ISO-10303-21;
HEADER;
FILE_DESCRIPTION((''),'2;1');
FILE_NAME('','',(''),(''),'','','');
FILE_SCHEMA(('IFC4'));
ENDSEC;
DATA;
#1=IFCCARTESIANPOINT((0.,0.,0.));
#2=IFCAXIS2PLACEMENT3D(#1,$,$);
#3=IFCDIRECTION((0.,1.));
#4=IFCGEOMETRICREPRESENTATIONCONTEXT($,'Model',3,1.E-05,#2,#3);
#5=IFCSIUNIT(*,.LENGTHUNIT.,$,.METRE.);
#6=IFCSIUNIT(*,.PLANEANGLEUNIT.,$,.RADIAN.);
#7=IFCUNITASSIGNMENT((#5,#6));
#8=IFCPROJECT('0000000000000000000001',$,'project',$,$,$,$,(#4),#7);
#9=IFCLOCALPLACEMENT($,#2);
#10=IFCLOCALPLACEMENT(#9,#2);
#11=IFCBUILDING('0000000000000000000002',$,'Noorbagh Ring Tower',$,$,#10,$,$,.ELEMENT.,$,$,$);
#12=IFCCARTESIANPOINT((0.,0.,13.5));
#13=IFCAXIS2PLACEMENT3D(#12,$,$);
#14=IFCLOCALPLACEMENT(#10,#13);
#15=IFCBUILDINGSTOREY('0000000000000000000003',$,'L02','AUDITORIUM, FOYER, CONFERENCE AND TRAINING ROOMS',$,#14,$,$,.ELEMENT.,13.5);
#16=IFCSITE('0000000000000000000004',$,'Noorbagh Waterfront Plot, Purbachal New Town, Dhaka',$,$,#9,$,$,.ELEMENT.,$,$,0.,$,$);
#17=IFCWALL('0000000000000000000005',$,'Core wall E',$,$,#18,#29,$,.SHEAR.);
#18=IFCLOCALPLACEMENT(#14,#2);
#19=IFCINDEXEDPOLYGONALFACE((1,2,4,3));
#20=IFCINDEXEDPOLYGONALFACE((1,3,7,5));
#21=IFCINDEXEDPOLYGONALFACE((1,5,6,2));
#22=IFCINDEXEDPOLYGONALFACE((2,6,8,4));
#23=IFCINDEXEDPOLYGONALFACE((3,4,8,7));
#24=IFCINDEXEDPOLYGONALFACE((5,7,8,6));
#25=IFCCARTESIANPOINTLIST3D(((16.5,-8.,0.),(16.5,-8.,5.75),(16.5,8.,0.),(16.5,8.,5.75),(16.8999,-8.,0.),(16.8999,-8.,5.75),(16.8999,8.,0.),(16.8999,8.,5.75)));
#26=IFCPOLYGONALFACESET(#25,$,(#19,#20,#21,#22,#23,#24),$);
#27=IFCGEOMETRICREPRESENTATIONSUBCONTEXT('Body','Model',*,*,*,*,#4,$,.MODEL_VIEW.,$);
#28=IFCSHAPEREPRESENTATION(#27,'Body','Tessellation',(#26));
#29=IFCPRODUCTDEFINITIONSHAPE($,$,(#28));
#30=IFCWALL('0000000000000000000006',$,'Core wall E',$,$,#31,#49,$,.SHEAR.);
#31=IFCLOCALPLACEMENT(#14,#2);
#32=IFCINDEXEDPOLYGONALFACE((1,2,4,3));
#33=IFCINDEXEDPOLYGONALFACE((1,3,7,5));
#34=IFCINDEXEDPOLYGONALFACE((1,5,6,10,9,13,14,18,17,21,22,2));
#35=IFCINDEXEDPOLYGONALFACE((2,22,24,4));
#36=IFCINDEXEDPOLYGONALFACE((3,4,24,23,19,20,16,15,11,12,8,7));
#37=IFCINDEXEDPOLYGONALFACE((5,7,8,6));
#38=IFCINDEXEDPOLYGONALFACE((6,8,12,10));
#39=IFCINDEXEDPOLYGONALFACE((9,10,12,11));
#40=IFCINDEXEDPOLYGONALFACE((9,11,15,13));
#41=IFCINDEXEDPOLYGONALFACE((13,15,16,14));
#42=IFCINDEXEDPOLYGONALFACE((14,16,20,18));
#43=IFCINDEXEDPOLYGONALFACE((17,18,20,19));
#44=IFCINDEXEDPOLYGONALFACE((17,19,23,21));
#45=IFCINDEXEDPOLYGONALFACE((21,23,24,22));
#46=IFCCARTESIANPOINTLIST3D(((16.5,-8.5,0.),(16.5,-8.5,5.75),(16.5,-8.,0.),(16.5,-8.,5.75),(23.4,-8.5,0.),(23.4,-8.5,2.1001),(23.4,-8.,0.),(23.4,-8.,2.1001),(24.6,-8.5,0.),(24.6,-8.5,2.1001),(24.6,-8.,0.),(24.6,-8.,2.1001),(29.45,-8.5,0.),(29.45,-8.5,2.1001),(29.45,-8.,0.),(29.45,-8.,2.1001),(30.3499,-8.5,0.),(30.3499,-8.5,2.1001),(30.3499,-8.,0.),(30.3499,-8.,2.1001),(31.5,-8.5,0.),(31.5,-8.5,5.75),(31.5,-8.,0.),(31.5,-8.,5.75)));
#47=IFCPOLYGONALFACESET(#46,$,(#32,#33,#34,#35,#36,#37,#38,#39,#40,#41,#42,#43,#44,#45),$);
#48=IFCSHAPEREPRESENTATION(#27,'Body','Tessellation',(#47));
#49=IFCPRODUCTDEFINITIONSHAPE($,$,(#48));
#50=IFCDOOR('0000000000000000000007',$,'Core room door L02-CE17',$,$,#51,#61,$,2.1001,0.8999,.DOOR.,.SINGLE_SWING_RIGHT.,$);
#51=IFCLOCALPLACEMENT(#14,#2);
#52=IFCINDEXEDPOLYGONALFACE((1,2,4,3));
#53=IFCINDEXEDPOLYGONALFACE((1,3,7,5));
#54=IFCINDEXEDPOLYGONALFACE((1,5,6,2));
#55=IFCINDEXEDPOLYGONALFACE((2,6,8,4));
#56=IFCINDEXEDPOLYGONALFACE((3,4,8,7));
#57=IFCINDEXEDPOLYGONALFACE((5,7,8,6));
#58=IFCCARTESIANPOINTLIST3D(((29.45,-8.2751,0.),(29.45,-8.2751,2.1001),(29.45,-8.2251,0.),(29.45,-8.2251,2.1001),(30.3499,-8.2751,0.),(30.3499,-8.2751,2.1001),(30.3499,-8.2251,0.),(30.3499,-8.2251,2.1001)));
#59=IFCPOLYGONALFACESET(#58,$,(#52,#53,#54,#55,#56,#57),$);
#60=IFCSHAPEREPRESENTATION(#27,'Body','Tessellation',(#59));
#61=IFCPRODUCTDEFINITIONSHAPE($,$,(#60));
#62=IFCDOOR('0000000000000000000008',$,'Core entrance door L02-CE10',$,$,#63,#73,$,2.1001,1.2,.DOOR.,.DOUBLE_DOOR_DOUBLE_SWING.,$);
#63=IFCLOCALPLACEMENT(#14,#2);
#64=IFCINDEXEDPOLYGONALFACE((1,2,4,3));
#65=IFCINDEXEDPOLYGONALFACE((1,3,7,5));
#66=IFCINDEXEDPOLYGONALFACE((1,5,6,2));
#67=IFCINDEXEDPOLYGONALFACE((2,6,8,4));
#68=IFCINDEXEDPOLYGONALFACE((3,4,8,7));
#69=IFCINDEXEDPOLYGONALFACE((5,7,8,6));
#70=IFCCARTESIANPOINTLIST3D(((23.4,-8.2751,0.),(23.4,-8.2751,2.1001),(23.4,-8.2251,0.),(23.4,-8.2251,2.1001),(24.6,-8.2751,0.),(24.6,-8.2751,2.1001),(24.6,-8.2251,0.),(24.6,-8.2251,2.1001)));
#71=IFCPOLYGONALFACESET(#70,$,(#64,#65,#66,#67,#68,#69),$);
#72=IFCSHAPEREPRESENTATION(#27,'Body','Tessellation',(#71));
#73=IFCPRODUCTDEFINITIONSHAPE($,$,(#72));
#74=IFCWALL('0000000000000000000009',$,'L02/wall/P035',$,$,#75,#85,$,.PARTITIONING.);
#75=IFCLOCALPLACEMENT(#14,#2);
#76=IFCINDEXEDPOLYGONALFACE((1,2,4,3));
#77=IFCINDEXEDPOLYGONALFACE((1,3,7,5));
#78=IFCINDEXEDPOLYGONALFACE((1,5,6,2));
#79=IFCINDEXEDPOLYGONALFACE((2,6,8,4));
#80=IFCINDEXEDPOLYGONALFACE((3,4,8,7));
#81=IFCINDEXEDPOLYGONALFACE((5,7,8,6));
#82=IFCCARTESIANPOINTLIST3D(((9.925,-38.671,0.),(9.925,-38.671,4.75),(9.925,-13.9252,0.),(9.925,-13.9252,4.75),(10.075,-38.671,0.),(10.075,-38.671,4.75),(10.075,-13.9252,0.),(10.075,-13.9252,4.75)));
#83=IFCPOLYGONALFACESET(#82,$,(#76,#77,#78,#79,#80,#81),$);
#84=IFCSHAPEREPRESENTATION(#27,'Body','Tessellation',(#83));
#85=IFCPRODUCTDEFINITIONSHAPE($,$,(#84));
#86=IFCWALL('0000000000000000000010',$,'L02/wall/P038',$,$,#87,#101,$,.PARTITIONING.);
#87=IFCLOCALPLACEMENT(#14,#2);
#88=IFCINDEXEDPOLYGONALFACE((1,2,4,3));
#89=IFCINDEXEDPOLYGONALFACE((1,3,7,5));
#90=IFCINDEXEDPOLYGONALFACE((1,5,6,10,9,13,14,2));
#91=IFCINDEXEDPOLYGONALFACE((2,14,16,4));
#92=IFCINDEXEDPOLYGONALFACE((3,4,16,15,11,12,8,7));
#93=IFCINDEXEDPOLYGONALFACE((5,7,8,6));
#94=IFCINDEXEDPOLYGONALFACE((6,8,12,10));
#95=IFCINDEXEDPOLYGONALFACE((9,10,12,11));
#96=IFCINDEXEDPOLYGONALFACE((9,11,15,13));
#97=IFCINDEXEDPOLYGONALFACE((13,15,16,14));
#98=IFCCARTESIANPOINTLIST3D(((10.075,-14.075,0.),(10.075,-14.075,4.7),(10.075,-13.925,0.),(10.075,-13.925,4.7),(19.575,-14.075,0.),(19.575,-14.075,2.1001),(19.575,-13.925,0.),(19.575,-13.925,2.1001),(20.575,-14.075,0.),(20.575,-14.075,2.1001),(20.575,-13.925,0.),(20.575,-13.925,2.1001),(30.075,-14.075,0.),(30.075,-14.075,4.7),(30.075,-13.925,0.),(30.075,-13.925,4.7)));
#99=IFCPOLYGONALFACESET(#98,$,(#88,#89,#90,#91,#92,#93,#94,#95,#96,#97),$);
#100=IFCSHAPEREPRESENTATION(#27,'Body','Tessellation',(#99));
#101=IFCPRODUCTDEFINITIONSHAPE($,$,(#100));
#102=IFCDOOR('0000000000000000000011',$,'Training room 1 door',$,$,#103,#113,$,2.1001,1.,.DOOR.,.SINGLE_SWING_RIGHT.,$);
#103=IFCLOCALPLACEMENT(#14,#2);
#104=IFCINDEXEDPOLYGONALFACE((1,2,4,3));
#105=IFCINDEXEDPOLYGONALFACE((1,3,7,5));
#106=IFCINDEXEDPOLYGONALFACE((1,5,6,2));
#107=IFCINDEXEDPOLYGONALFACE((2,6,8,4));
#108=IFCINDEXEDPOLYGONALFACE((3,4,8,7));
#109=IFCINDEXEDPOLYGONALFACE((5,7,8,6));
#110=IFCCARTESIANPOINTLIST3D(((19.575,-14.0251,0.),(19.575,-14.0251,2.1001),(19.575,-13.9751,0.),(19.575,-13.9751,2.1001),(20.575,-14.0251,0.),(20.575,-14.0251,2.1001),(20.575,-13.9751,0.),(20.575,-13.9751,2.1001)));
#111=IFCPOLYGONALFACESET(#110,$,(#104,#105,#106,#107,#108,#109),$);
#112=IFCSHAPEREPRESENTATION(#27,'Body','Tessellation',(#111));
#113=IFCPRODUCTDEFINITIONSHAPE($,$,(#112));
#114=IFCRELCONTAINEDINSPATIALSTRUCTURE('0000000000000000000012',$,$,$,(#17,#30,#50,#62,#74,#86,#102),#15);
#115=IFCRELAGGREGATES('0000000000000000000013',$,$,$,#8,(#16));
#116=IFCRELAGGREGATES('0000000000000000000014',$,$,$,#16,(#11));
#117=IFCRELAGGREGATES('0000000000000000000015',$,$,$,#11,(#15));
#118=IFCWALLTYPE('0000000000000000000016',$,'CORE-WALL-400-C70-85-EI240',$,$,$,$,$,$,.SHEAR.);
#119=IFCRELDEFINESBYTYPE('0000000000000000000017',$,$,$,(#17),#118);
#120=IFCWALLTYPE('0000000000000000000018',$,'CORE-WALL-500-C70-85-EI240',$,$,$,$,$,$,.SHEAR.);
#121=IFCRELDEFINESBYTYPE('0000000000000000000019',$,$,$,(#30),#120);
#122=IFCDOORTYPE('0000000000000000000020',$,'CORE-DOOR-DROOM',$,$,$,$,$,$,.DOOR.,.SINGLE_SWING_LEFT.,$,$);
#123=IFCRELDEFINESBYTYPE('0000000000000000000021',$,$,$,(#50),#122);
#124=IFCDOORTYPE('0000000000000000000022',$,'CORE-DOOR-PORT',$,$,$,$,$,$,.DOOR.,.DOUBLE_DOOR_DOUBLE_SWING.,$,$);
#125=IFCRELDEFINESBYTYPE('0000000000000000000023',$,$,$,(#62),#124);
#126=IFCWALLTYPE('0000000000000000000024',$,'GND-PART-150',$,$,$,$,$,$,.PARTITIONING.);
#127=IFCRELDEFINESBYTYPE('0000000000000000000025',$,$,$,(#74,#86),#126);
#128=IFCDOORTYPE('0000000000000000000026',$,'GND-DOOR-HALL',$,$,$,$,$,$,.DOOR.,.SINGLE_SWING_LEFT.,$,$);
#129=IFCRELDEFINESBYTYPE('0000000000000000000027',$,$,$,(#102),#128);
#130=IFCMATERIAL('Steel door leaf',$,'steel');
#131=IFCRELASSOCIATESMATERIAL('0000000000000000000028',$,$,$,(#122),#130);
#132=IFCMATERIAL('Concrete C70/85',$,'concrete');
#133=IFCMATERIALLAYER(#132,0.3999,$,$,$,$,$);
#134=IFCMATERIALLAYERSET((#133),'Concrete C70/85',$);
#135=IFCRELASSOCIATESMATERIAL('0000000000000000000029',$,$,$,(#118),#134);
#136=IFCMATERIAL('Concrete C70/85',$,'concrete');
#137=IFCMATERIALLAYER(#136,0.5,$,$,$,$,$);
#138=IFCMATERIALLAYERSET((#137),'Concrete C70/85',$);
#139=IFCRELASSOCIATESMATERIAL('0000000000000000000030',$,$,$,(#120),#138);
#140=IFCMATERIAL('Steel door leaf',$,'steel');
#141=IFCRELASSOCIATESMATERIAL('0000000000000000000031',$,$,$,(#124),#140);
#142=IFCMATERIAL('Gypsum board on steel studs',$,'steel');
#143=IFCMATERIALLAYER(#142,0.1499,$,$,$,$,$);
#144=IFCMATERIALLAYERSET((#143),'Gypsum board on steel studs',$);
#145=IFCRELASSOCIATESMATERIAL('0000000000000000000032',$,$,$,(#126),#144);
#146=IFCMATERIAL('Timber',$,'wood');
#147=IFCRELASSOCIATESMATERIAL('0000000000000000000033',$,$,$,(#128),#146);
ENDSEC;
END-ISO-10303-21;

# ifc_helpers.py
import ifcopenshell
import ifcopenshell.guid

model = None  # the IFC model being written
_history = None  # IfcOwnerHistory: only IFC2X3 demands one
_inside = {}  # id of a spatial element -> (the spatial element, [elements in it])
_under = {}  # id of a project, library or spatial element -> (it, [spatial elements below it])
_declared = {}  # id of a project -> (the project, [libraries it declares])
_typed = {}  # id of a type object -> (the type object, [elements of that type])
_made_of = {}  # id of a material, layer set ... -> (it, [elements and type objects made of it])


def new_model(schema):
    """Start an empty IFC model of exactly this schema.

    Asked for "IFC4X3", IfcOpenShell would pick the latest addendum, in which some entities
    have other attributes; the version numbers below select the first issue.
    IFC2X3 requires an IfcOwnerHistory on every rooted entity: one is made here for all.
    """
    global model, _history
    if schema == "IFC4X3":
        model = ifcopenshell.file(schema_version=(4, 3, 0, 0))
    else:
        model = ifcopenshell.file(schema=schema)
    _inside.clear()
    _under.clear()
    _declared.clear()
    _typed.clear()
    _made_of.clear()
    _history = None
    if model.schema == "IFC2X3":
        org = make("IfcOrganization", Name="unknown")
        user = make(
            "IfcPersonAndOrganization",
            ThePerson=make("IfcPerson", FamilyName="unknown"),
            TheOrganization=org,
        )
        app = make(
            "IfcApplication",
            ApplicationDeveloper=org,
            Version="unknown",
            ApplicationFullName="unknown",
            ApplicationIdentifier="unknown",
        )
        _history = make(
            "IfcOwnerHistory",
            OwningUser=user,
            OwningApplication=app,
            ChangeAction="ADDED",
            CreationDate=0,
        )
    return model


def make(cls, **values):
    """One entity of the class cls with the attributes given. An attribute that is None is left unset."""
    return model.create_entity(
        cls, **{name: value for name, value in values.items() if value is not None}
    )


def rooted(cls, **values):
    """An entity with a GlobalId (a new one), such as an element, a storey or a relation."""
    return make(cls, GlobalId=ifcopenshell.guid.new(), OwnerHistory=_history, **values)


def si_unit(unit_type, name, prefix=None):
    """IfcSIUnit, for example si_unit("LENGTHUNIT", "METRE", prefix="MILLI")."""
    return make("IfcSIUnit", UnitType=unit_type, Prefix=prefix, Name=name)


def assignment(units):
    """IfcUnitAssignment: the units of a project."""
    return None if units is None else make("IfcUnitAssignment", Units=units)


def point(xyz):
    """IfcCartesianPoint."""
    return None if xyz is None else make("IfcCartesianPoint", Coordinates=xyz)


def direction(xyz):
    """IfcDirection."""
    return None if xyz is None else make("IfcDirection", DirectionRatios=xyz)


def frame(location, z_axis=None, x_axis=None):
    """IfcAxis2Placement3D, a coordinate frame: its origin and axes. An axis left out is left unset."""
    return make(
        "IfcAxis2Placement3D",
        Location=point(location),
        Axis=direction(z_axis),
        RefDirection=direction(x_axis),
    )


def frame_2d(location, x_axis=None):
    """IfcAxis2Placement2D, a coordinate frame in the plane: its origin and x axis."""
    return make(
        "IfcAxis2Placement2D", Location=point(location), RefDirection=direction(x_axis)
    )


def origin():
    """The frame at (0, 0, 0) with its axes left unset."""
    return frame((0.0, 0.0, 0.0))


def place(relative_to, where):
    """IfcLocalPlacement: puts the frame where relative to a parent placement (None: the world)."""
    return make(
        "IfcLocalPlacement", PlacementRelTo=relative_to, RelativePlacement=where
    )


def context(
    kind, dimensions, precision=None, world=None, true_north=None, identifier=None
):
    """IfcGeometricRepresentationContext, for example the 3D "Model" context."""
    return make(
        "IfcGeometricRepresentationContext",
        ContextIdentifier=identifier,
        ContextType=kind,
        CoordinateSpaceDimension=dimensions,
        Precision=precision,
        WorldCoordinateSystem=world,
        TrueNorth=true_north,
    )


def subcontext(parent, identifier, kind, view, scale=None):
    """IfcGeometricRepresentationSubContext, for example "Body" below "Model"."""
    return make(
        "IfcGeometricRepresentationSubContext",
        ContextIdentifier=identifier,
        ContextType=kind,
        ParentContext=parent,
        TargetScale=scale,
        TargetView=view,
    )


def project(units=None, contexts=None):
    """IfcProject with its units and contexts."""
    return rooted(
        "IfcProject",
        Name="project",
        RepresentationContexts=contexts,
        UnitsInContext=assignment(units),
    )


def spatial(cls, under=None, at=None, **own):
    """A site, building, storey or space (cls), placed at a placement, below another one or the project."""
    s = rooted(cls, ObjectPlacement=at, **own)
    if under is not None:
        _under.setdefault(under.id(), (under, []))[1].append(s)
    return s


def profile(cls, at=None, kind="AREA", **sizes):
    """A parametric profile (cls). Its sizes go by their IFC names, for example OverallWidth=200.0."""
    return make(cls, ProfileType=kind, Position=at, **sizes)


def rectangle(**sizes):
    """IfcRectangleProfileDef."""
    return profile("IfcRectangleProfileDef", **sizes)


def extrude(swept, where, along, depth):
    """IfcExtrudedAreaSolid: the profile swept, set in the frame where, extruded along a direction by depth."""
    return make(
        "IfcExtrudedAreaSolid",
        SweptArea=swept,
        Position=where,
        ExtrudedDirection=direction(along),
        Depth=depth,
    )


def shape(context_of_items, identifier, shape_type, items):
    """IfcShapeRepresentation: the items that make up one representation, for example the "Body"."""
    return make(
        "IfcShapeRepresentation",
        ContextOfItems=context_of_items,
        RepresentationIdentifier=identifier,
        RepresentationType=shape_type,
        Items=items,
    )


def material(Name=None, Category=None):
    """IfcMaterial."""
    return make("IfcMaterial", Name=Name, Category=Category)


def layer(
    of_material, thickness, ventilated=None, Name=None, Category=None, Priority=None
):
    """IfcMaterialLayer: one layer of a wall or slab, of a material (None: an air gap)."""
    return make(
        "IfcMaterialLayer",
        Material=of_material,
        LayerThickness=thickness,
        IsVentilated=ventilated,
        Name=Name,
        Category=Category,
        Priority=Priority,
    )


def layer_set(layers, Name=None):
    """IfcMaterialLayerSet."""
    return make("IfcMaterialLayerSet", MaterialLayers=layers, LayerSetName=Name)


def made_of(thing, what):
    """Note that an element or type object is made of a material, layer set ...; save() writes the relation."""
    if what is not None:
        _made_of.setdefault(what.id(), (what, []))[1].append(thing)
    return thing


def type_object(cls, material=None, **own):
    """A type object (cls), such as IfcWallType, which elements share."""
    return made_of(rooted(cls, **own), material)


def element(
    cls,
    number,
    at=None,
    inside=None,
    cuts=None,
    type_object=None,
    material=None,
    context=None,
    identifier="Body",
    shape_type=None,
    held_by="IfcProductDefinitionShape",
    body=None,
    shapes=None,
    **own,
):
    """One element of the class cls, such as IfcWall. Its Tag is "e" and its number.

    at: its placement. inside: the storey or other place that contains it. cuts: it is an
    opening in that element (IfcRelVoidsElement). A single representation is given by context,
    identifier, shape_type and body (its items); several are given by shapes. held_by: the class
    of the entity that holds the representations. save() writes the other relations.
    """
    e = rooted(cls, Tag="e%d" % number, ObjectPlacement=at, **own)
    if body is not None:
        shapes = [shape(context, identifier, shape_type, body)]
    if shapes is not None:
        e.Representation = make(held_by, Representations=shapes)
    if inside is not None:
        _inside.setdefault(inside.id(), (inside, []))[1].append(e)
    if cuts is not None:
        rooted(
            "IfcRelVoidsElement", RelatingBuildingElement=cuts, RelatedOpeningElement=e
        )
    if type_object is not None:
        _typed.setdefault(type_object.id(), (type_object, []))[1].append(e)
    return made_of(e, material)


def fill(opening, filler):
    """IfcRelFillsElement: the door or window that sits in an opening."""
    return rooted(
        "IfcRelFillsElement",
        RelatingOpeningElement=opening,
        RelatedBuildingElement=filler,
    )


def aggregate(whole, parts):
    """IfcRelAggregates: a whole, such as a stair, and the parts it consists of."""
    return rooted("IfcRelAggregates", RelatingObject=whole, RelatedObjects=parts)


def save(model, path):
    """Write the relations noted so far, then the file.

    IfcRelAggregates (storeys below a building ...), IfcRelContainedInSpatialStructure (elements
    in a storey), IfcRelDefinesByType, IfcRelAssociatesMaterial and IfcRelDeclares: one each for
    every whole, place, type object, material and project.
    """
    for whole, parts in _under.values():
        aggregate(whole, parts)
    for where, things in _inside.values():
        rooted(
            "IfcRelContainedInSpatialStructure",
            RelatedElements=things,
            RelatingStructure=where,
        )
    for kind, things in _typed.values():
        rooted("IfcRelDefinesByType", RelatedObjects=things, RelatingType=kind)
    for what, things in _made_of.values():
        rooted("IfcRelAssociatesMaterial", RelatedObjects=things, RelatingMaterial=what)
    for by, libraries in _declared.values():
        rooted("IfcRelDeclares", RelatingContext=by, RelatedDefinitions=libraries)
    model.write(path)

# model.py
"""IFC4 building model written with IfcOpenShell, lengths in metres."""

from ifc_helpers import new_model, si_unit, direction, frame, frame_2d, origin, place, context, subcontext, project, spatial, rectangle, extrude, material, layer, layer_set, type_object, element, fill, save


model = new_model("IFC4")

# Units and contexts
model_context = context("Model", 3, precision=1e-05, world=origin(), true_north=direction((0.0, 1.0)))
body_context = subcontext(model_context, "Body", "Model", "MODEL_VIEW")
ifc_project = project(units=[si_unit("LENGTHUNIT", "METRE"), si_unit("PLANEANGLEUNIT", "RADIAN")], contexts=[model_context])

# Site, building, storey
site_placement = place(None, origin())
site = spatial("IfcSite", under=ifc_project, at=site_placement, Name="Noorbagh Waterfront Plot, Purbachal New Town, Dhaka", CompositionType="ELEMENT", RefElevation=0.0)
building_placement = place(site_placement, origin())
building = spatial("IfcBuilding", under=site, at=building_placement, Name="Noorbagh Ring Tower", CompositionType="ELEMENT")
storey_placement = place(building_placement, frame((0.0, 0.0, 13.5)))
storey = spatial("IfcBuildingStorey", under=building, at=storey_placement, Name="L02", Description="AUDITORIUM, FOYER, CONFERENCE AND TRAINING ROOMS", CompositionType="ELEMENT", Elevation=13.5)

# Shared definitions
ifc_material_1 = material(Name="Steel door leaf", Category="steel")
door_type_1 = type_object("IfcDoorType", Name="CORE-DOOR-DROOM", OperationType="SINGLE_SWING_LEFT", PredefinedType="DOOR", material=ifc_material_1)

# Wall
ifc_material_2 = material(Name="Concrete C70/85", Category="concrete")
ifc_layer_1 = layer(ifc_material_2, 0.3999)
ifc_layer_set_1 = layer_set([ifc_layer_1], Name="Concrete C70/85")
wall_type_1 = type_object("IfcWallType", Name="CORE-WALL-400-C70-85-EI240", PredefinedType="SHEAR", material=ifc_layer_set_1)
wall_1_placement = place(storey_placement, frame((16.7, -8.0, 0.0), z_axis=(0.0, 0.0, 1.0), x_axis=(0.0, 1.0, 0.0)))
element("IfcWall", 1, at=wall_1_placement, inside=storey, type_object=wall_type_1, Name="Core wall E", PredefinedType="SHEAR", context=body_context, shape_type="SweptSolid", body=[
    extrude(rectangle(XDim=16.0, YDim=0.3999, at=frame_2d((8.0, 0.0))), origin(), (0.0, 0.0, 1.0), 5.75),
])

# Wall, openings, doors
ifc_material_3 = material(Name="Concrete C70/85", Category="concrete")
ifc_layer_2 = layer(ifc_material_3, 0.5)
ifc_layer_set_2 = layer_set([ifc_layer_2], Name="Concrete C70/85")
wall_type_2 = type_object("IfcWallType", Name="CORE-WALL-500-C70-85-EI240", PredefinedType="SHEAR", material=ifc_layer_set_2)
wall_2_placement = place(storey_placement, frame((16.5, -8.25, 0.0), z_axis=(0.0, 0.0, 1.0), x_axis=(1.0, 0.0, 0.0)))
wall_2 = element("IfcWall", 2, at=wall_2_placement, inside=storey, type_object=wall_type_2, Name="Core wall E", PredefinedType="SHEAR", context=body_context, shape_type="SweptSolid", body=[
    extrude(rectangle(XDim=15.0, YDim=0.5, at=frame_2d((7.5, 0.0))), origin(), (0.0, 0.0, 1.0), 5.75),
])
opening_1_placement = place(wall_2_placement, frame((6.8999, 0.0, 0.0)))
opening_1 = element("IfcOpeningElement", 3, at=opening_1_placement, cuts=wall_2, PredefinedType="OPENING", context=body_context, shape_type="SweptSolid", body=[
    extrude(rectangle(XDim=1.2, YDim=2.1001, at=frame_2d((0.6001, 1.05))), frame((0.0, 0.26, 0.0), z_axis=(0.0, -1.0, 0.0), x_axis=(1.0, 0.0, 0.0)), (0.0, 0.0, 1.0), 0.52),
])
opening_2_placement = place(wall_2_placement, frame((12.95, 0.0, 0.0)))
opening_2 = element("IfcOpeningElement", 4, at=opening_2_placement, cuts=wall_2, PredefinedType="OPENING", context=body_context, shape_type="SweptSolid", body=[
    extrude(rectangle(XDim=0.8999, YDim=2.1001, at=frame_2d((0.45, 1.05))), frame((0.0, 0.26, 0.0), z_axis=(0.0, -1.0, 0.0), x_axis=(1.0, 0.0, 0.0)), (0.0, 0.0, 1.0), 0.52),
])
door_1_placement = place(opening_2_placement, origin())
door_1 = element("IfcDoor", 5, at=door_1_placement, inside=storey, type_object=door_type_1, Name="Core room door L02-CE17", OperationType="SINGLE_SWING_RIGHT", OverallHeight=2.1001, OverallWidth=0.8999, PredefinedType="DOOR", context=body_context, shape_type="SweptSolid", body=[
    extrude(rectangle(XDim=0.8999, YDim=2.1001, at=frame_2d((0.45, 1.05))), frame((0.0, 0.0249, 0.0), z_axis=(0.0, -1.0, 0.0), x_axis=(1.0, 0.0, 0.0)), (0.0, 0.0, 1.0), 0.05),
])
fill(opening_2, door_1)
ifc_material_4 = material(Name="Steel door leaf", Category="steel")
door_type_2 = type_object("IfcDoorType", Name="CORE-DOOR-PORT", OperationType="DOUBLE_DOOR_DOUBLE_SWING", PredefinedType="DOOR", material=ifc_material_4)
door_2_placement = place(opening_1_placement, origin())
door_2 = element("IfcDoor", 6, at=door_2_placement, inside=storey, type_object=door_type_2, Name="Core entrance door L02-CE10", OperationType="DOUBLE_DOOR_DOUBLE_SWING", OverallHeight=2.1001, OverallWidth=1.2, PredefinedType="DOOR", context=body_context, shape_type="SweptSolid", body=[
    extrude(rectangle(XDim=1.2, YDim=2.1001, at=frame_2d((0.6001, 1.05))), frame((0.0, 0.0249, 0.0), z_axis=(0.0, -1.0, 0.0), x_axis=(1.0, 0.0, 0.0)), (0.0, 0.0, 1.0), 0.05),
])
fill(opening_1, door_2)

# Wall
ifc_material_5 = material(Name="Gypsum board on steel studs", Category="steel")
ifc_layer_3 = layer(ifc_material_5, 0.1499)
ifc_layer_set_3 = layer_set([ifc_layer_3], Name="Gypsum board on steel studs")
wall_type_3 = type_object("IfcWallType", Name="GND-PART-150", PredefinedType="PARTITIONING", material=ifc_layer_set_3)
wall_3_placement = place(storey_placement, frame((10.0, -13.925, 0.0), z_axis=(0.0, 0.0, 1.0), x_axis=(0.0, -1.0, 0.0)))
element("IfcWall", 7, at=wall_3_placement, inside=storey, type_object=wall_type_3, Name="L02/wall/P035", PredefinedType="PARTITIONING", context=body_context, shape_type="SweptSolid", body=[
    extrude(rectangle(XDim=24.7458, YDim=0.1499, at=frame_2d((12.373, 0.0))), origin(), (0.0, 0.0, 1.0), 4.75),
])

# Wall, opening, door
wall_4_placement = place(storey_placement, frame((10.075, -14.0, 0.0), z_axis=(0.0, 0.0, 1.0), x_axis=(1.0, 0.0, 0.0)))
wall_4 = element("IfcWall", 8, at=wall_4_placement, inside=storey, type_object=wall_type_3, Name="L02/wall/P038", PredefinedType="PARTITIONING", context=body_context, shape_type="SweptSolid", body=[
    extrude(rectangle(XDim=20.0, YDim=0.1499, at=frame_2d((10.0, 0.0))), origin(), (0.0, 0.0, 1.0), 4.7),
])
opening_3_placement = place(wall_4_placement, frame((9.5, 0.0, 0.0)))
opening_3 = element("IfcOpeningElement", 9, at=opening_3_placement, cuts=wall_4, PredefinedType="OPENING", context=body_context, shape_type="SweptSolid", body=[
    extrude(rectangle(XDim=1.0, YDim=2.1001, at=frame_2d((0.5, 1.05))), frame((0.0, 0.085, 0.0), z_axis=(0.0, -1.0, 0.0), x_axis=(1.0, 0.0, 0.0)), (0.0, 0.0, 1.0), 0.1699),
])
ifc_material_6 = material(Name="Timber", Category="wood")
door_type_3 = type_object("IfcDoorType", Name="GND-DOOR-HALL", OperationType="SINGLE_SWING_LEFT", PredefinedType="DOOR", material=ifc_material_6)
door_3_placement = place(opening_3_placement, origin())
door_3 = element("IfcDoor", 10, at=door_3_placement, inside=storey, type_object=door_type_3, Name="Training room 1 door", OperationType="SINGLE_SWING_RIGHT", OverallHeight=2.1001, OverallWidth=1.0, PredefinedType="DOOR", context=body_context, shape_type="SweptSolid", body=[
    extrude(rectangle(XDim=1.0, YDim=2.1001, at=frame_2d((0.5, 1.05))), frame((0.0, 0.0249, 0.0), z_axis=(0.0, -1.0, 0.0), x_axis=(1.0, 0.0, 0.0)), (0.0, 0.0, 1.0), 0.05),
])
fill(opening_3, door_3)

save(model, "model.ifc")
